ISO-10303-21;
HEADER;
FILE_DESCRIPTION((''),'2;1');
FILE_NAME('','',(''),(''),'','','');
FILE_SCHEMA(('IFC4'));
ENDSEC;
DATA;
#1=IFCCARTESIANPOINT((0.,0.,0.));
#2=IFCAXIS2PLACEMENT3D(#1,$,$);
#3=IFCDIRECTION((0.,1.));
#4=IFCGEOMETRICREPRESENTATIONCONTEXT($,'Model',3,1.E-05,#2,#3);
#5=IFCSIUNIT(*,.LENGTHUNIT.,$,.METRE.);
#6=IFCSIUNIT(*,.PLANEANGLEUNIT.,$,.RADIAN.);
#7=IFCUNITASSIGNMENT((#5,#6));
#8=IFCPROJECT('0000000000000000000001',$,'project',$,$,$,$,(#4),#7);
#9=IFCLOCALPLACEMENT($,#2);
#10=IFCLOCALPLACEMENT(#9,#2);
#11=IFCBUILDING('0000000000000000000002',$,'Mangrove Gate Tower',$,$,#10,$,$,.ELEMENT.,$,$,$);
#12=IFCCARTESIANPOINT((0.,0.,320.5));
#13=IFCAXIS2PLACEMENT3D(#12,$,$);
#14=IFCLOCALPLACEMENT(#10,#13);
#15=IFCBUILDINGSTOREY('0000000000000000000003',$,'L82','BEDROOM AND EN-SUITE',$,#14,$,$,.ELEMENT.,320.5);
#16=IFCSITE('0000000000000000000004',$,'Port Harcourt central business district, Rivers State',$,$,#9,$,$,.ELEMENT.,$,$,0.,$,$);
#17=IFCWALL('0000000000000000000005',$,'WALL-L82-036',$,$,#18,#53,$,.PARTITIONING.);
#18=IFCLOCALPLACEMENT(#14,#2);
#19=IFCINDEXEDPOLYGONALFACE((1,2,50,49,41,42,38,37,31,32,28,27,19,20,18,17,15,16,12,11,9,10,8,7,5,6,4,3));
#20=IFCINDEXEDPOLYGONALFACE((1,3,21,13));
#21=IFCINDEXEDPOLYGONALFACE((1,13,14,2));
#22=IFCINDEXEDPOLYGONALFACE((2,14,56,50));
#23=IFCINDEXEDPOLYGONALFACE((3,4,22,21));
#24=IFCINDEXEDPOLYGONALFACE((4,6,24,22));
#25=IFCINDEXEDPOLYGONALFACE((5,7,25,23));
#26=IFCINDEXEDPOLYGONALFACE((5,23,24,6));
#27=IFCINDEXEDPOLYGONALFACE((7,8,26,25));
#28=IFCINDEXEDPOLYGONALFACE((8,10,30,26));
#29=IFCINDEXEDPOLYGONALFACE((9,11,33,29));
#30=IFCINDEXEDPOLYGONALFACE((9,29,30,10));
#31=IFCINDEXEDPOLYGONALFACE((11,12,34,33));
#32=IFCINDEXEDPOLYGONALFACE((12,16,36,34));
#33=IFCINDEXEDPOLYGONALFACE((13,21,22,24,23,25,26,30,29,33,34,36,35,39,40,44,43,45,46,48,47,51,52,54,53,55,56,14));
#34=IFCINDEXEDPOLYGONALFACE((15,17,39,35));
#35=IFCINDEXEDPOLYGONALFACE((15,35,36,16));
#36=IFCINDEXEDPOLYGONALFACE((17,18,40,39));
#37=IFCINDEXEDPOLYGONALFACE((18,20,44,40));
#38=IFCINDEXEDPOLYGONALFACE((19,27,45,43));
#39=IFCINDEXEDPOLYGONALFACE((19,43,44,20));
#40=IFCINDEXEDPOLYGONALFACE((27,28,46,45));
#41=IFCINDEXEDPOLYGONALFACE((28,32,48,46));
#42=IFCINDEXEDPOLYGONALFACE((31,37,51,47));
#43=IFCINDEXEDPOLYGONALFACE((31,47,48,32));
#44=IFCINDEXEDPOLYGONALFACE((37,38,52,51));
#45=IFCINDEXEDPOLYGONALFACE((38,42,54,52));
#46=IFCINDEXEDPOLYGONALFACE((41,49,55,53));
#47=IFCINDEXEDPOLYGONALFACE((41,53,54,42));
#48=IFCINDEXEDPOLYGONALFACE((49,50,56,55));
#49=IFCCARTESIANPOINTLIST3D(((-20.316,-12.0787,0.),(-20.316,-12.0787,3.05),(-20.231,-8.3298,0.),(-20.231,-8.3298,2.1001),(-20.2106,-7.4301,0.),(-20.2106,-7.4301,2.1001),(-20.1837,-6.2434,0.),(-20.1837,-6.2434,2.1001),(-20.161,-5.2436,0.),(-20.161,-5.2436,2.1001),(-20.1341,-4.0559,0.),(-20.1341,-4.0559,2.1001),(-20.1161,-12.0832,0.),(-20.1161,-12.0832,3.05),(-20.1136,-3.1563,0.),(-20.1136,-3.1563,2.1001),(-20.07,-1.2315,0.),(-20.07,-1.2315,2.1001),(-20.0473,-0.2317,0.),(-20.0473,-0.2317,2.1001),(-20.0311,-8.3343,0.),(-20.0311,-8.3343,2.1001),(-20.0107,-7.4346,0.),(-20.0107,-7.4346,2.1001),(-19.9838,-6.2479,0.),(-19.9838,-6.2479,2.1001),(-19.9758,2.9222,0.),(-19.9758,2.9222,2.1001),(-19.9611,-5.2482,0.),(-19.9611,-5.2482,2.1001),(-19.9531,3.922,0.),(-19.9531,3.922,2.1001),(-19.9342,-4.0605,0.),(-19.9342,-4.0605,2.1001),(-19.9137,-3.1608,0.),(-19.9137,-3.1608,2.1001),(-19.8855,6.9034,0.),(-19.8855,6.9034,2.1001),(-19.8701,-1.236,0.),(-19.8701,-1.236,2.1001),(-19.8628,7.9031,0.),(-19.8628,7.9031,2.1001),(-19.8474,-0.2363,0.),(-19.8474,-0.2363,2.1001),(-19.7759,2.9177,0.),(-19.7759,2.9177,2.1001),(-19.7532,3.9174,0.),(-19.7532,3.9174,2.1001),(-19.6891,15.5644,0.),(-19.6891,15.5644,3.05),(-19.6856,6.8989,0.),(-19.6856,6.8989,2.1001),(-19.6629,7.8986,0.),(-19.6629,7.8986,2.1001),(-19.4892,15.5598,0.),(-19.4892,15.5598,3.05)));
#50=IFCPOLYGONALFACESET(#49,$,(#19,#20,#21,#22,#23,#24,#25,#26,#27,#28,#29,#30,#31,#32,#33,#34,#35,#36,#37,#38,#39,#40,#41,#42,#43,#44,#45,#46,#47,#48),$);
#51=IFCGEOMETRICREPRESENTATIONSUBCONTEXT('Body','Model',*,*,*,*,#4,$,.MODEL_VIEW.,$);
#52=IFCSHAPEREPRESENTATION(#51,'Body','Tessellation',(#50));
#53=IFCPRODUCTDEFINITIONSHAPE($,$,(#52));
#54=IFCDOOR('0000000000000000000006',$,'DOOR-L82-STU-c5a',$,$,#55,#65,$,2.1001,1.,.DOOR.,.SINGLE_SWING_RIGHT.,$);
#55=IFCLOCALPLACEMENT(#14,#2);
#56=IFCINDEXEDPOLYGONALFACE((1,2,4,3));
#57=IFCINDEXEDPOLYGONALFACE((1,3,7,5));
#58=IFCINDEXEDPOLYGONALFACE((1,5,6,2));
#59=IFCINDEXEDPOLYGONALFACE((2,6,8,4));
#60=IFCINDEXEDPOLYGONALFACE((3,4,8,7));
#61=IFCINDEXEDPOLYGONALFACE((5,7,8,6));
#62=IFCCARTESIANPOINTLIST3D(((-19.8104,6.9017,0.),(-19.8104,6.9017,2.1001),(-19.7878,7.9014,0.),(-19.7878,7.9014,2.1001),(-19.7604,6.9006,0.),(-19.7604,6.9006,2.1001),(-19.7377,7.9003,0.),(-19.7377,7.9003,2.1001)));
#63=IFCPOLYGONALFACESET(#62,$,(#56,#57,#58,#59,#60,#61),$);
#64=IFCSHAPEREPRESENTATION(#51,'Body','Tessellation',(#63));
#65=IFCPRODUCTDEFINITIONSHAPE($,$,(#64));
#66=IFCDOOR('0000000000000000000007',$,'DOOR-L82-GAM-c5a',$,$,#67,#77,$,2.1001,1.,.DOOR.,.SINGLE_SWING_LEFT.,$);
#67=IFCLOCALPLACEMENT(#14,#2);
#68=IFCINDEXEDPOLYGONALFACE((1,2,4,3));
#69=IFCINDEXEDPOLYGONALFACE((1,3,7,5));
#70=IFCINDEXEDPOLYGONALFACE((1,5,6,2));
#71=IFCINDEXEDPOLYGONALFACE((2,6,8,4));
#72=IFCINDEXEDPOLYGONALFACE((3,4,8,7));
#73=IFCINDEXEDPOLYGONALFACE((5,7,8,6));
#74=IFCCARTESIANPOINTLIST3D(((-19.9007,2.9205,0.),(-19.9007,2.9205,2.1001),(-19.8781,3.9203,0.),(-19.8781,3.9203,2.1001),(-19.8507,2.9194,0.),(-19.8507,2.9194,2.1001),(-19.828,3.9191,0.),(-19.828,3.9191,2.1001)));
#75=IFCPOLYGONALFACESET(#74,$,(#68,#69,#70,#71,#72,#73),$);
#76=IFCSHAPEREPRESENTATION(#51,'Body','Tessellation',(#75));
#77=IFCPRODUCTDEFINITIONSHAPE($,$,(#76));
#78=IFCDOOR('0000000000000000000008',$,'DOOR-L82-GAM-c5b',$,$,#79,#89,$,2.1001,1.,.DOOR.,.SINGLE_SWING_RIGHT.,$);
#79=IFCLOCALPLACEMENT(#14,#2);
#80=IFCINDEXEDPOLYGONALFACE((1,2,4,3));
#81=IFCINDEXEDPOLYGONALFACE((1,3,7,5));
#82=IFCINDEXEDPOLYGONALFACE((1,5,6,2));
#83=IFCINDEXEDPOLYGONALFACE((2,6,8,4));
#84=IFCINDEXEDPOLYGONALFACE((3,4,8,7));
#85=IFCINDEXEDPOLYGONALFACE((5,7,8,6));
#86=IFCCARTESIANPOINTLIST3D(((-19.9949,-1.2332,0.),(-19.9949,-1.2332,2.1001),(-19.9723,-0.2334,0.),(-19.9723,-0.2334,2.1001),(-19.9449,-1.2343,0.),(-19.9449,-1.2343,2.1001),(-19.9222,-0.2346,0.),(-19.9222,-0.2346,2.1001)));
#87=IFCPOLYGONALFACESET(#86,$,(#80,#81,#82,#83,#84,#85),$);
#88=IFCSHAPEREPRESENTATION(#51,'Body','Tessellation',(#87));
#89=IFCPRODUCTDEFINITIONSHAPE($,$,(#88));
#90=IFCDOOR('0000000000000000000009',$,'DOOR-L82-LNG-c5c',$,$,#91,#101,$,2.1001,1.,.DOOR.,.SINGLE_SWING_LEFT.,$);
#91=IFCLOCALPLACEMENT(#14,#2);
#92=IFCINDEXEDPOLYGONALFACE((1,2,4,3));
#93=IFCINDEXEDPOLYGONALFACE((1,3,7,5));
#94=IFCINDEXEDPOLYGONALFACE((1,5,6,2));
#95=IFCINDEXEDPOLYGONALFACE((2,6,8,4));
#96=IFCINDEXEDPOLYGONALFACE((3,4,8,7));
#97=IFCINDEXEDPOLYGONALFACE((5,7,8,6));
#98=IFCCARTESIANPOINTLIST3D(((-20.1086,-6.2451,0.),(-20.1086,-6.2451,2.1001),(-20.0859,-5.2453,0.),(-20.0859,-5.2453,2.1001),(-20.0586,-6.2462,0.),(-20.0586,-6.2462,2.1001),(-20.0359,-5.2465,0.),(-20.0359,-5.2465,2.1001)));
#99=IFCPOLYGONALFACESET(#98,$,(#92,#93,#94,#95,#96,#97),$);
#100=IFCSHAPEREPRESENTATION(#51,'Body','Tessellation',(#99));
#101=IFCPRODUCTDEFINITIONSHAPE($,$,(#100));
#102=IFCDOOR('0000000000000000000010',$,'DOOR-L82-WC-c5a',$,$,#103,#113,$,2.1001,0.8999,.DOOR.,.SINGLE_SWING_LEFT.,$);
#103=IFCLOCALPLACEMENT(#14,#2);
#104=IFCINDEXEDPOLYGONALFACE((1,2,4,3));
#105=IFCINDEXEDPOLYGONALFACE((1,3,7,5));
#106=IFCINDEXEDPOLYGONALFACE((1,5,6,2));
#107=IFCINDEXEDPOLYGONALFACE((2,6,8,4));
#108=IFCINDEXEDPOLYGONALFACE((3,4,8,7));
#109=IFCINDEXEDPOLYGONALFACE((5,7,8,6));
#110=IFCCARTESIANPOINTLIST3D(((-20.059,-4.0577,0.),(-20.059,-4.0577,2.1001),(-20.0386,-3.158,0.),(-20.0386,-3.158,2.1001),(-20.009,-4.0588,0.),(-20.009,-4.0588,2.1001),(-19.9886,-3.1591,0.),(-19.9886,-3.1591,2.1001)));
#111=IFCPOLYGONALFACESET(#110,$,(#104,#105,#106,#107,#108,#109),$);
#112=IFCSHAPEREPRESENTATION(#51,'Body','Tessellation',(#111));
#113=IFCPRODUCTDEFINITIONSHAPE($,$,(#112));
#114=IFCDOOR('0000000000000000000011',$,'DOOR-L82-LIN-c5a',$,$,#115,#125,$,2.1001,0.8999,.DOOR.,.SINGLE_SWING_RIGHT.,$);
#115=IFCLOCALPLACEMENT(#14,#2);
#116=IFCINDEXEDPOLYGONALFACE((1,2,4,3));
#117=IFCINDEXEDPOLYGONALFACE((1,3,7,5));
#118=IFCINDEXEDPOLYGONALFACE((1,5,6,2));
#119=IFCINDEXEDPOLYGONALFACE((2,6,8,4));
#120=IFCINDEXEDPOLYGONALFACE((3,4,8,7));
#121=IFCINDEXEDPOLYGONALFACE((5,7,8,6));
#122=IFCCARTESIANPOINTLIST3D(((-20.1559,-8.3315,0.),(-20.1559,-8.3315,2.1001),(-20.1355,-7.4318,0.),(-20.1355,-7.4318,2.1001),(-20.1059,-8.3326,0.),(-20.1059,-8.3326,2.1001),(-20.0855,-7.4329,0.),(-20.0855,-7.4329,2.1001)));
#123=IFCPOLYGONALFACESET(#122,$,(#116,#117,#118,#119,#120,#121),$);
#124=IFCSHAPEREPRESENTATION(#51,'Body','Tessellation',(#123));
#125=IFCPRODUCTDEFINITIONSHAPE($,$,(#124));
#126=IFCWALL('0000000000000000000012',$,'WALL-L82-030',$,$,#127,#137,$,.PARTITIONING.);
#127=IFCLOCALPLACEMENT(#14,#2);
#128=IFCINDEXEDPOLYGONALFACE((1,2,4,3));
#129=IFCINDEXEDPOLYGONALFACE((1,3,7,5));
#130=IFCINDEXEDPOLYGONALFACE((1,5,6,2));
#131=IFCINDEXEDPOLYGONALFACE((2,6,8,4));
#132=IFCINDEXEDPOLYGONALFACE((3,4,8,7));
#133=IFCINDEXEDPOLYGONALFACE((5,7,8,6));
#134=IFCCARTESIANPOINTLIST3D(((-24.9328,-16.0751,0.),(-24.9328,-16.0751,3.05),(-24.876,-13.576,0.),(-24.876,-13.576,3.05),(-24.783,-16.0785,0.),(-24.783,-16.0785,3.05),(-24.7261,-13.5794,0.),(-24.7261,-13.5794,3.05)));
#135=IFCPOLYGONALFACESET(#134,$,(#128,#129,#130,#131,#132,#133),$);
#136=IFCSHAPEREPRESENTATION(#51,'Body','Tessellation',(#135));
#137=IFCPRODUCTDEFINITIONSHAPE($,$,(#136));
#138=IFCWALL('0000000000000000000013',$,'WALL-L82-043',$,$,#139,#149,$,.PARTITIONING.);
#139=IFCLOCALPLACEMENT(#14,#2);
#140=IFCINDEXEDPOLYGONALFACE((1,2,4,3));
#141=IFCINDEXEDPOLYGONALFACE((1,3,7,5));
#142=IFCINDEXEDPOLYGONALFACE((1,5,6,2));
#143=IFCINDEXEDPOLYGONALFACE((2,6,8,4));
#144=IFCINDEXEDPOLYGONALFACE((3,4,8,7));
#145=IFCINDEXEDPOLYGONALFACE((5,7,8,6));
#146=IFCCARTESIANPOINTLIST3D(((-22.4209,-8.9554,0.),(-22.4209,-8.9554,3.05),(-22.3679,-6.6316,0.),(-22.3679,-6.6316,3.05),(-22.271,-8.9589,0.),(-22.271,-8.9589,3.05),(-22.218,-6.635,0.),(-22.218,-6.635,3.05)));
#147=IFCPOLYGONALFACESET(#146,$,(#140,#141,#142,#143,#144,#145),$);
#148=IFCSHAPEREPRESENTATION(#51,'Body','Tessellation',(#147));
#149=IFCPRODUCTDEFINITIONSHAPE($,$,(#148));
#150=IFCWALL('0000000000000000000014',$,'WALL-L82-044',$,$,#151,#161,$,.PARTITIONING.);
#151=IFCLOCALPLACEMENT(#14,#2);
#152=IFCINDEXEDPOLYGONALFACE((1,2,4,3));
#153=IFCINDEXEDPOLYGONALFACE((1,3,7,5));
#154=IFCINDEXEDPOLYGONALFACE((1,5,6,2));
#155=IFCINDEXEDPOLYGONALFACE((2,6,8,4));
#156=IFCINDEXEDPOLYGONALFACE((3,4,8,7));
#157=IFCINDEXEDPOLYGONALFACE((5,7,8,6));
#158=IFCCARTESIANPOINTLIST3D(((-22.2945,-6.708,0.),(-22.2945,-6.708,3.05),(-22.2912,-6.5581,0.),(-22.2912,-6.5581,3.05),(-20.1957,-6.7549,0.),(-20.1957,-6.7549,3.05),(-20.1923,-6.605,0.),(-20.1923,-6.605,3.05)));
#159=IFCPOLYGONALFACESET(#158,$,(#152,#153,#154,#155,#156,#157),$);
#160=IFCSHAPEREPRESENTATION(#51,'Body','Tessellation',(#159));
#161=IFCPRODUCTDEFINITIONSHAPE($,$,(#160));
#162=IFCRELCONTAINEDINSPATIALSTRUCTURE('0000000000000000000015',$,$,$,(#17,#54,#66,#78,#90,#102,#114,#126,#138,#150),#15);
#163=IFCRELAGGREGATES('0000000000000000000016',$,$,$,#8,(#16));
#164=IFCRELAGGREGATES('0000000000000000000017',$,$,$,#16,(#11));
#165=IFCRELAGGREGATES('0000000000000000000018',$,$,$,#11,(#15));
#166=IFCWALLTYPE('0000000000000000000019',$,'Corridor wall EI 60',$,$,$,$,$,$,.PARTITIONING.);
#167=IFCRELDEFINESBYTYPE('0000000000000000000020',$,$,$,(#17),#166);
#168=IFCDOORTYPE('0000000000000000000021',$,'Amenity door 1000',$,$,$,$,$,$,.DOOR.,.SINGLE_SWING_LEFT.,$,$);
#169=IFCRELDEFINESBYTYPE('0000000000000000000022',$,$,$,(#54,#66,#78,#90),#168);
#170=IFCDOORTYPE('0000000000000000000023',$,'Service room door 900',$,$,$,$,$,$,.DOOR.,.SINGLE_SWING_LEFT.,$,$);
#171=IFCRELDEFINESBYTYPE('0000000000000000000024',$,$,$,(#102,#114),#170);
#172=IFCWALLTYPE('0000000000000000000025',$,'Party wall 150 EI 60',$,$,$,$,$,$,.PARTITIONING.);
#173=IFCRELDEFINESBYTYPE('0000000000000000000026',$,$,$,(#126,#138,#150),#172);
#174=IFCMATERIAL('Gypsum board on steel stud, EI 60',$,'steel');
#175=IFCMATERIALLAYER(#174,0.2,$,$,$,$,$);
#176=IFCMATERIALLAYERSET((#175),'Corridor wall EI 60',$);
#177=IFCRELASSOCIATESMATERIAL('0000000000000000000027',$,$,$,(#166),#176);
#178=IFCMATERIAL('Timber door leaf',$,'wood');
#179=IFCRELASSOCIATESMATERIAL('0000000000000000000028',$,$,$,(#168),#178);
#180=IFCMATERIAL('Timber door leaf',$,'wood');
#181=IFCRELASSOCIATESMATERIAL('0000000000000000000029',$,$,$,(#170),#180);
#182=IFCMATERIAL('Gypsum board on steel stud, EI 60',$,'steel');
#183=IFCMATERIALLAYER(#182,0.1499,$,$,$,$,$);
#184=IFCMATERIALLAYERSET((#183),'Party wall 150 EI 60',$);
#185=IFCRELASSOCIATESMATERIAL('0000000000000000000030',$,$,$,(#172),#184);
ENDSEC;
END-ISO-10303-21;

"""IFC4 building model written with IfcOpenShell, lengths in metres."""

from ifc_helpers import new_model, si_unit, direction, frame, frame_2d, origin, place, context, subcontext, project, spatial, rectangle, extrude, material, layer, layer_set, type_object, element, fill, save


model = new_model("IFC4")

# Units and contexts
model_context = context("Model", 3, precision=1e-05, world=origin(), true_north=direction((0.0, 1.0)))
body_context = subcontext(model_context, "Body", "Model", "MODEL_VIEW")
ifc_project = project(units=[si_unit("LENGTHUNIT", "METRE"), si_unit("PLANEANGLEUNIT", "RADIAN")], contexts=[model_context])

# Site, building, storey
site_placement = place(None, origin())
site = spatial("IfcSite", under=ifc_project, at=site_placement, Name="Port Harcourt central business district, Rivers State", CompositionType="ELEMENT", RefElevation=0.0)
building_placement = place(site_placement, origin())
building = spatial("IfcBuilding", under=site, at=building_placement, Name="Mangrove Gate Tower", CompositionType="ELEMENT")
storey_placement = place(building_placement, frame((0.0, 0.0, 320.5)))
storey = spatial("IfcBuildingStorey", under=building, at=storey_placement, Name="L82", Description="BEDROOM AND EN-SUITE", CompositionType="ELEMENT", Elevation=320.5)

# Wall, openings, doors
ifc_material_1 = material(Name="Gypsum board on steel stud, EI 60", Category="steel")
ifc_layer_1 = layer(ifc_material_1, 0.2)
ifc_layer_set_1 = layer_set([ifc_layer_1], Name="Corridor wall EI 60")
wall_type_1 = type_object("IfcWallType", Name="Corridor wall EI 60", PredefinedType="PARTITIONING", material=ifc_layer_set_1)
wall_1_placement = place(storey_placement, frame((-20.2161, -12.0811, 0.0), z_axis=(0.0, 0.0, 1.0), x_axis=(0.022674, 0.999743, 0.0)))
wall_1 = element("IfcWall", 1, at=wall_1_placement, inside=storey, type_object=wall_type_1, Name="WALL-L82-036", PredefinedType="PARTITIONING", context=body_context, shape_type="SweptSolid", body=[
    extrude(rectangle(XDim=27.6501, YDim=0.2, at=frame_2d((13.8252, 0.0))), origin(), (0.0, 0.0, 1.0), 3.05),
])
opening_1_placement = place(wall_1_placement, frame((18.9871, 0.0, 0.0)))
opening_1 = element("IfcOpeningElement", 2, at=opening_1_placement, cuts=wall_1, PredefinedType="OPENING", context=body_context, shape_type="SweptSolid", body=[
    extrude(rectangle(XDim=1.0, YDim=2.1001, at=frame_2d((0.5, 1.05))), frame((0.0, 0.1099, 0.0), z_axis=(0.0, -1.0, 0.0), x_axis=(1.0, 0.0, 0.0)), (0.0, 0.0, 1.0), 0.22),
])
opening_2_placement = place(wall_1_placement, frame((15.0049, 0.0, 0.0)))
opening_2 = element("IfcOpeningElement", 3, at=opening_2_placement, cuts=wall_1, PredefinedType="OPENING", context=body_context, shape_type="SweptSolid", body=[
    extrude(rectangle(XDim=1.0, YDim=2.1001, at=frame_2d((0.5, 1.05))), frame((0.0, 0.1099, 0.0), z_axis=(0.0, -1.0, 0.0), x_axis=(1.0, 0.0, 0.0)), (0.0, 0.0, 1.0), 0.22),
])
opening_3_placement = place(wall_1_placement, frame((10.8501, 0.0, 0.0)))
opening_3 = element("IfcOpeningElement", 4, at=opening_3_placement, cuts=wall_1, PredefinedType="OPENING", context=body_context, shape_type="SweptSolid", body=[
    extrude(rectangle(XDim=1.0, YDim=2.1001, at=frame_2d((0.5, 1.05))), frame((0.0, 0.1099, 0.0), z_axis=(0.0, -1.0, 0.0), x_axis=(1.0, 0.0, 0.0)), (0.0, 0.0, 1.0), 0.22),
])
opening_4_placement = place(wall_1_placement, frame((8.0249, 0.0, 0.0)))
opening_4 = element("IfcOpeningElement", 5, at=opening_4_placement, cuts=wall_1, PredefinedType="OPENING", context=body_context, shape_type="SweptSolid", body=[
    extrude(rectangle(XDim=0.8999, YDim=2.1001, at=frame_2d((0.45, 1.05))), frame((0.0, 0.1099, 0.0), z_axis=(0.0, -1.0, 0.0), x_axis=(1.0, 0.0, 0.0)), (0.0, 0.0, 1.0), 0.22),
])
opening_5_placement = place(wall_1_placement, frame((5.8369, 0.0, 0.0)))
opening_5 = element("IfcOpeningElement", 6, at=opening_5_placement, cuts=wall_1, PredefinedType="OPENING", context=body_context, shape_type="SweptSolid", body=[
    extrude(rectangle(XDim=1.0, YDim=2.1001, at=frame_2d((0.5, 1.05))), frame((0.0, 0.1099, 0.0), z_axis=(0.0, -1.0, 0.0), x_axis=(1.0, 0.0, 0.0)), (0.0, 0.0, 1.0), 0.22),
])
opening_6_placement = place(wall_1_placement, frame((3.75, 0.0, 0.0)))
opening_6 = element("IfcOpeningElement", 7, at=opening_6_placement, cuts=wall_1, PredefinedType="OPENING", context=body_context, shape_type="SweptSolid", body=[
    extrude(rectangle(XDim=0.8999, YDim=2.1001, at=frame_2d((0.45, 1.05))), frame((0.0, 0.1099, 0.0), z_axis=(0.0, -1.0, 0.0), x_axis=(1.0, 0.0, 0.0)), (0.0, 0.0, 1.0), 0.22),
])
ifc_material_2 = material(Name="Timber door leaf", Category="wood")
door_type_1 = type_object("IfcDoorType", Name="Amenity door 1000", OperationType="SINGLE_SWING_LEFT", PredefinedType="DOOR", material=ifc_material_2)
door_1_placement = place(opening_1_placement, origin())
door_1 = element("IfcDoor", 8, at=door_1_placement, inside=storey, type_object=door_type_1, Name="DOOR-L82-STU-c5a", OperationType="SINGLE_SWING_RIGHT", OverallHeight=2.1001, OverallWidth=1.0, PredefinedType="DOOR", context=body_context, shape_type="SweptSolid", body=[
    extrude(rectangle(XDim=1.0, YDim=2.1001, at=frame_2d((0.5, 1.05))), frame((0.0, 0.0249, 0.0), z_axis=(0.0, -1.0, 0.0), x_axis=(1.0, 0.0, 0.0)), (0.0, 0.0, 1.0), 0.05),
])
fill(opening_1, door_1)
door_2_placement = place(opening_2_placement, origin())
door_2 = element("IfcDoor", 9, at=door_2_placement, inside=storey, type_object=door_type_1, Name="DOOR-L82-GAM-c5a", OperationType="SINGLE_SWING_LEFT", OverallHeight=2.1001, OverallWidth=1.0, PredefinedType="DOOR", context=body_context, shape_type="SweptSolid", body=[
    extrude(rectangle(XDim=1.0, YDim=2.1001, at=frame_2d((0.5, 1.05))), frame((0.0, 0.0249, 0.0), z_axis=(0.0, -1.0, 0.0), x_axis=(1.0, 0.0, 0.0)), (0.0, 0.0, 1.0), 0.05),
])
fill(opening_2, door_2)
door_3_placement = place(opening_3_placement, origin())
door_3 = element("IfcDoor", 10, at=door_3_placement, inside=storey, type_object=door_type_1, Name="DOOR-L82-GAM-c5b", OperationType="SINGLE_SWING_RIGHT", OverallHeight=2.1001, OverallWidth=1.0, PredefinedType="DOOR", context=body_context, shape_type="SweptSolid", body=[
    extrude(rectangle(XDim=1.0, YDim=2.1001, at=frame_2d((0.5, 1.05))), frame((0.0, 0.0249, 0.0), z_axis=(0.0, -1.0, 0.0), x_axis=(1.0, 0.0, 0.0)), (0.0, 0.0, 1.0), 0.05),
])
fill(opening_3, door_3)
door_4_placement = place(opening_5_placement, origin())
door_4 = element("IfcDoor", 11, at=door_4_placement, inside=storey, type_object=door_type_1, Name="DOOR-L82-LNG-c5c", OperationType="SINGLE_SWING_LEFT", OverallHeight=2.1001, OverallWidth=1.0, PredefinedType="DOOR", context=body_context, shape_type="SweptSolid", body=[
    extrude(rectangle(XDim=1.0, YDim=2.1001, at=frame_2d((0.5, 1.05))), frame((0.0, 0.0249, 0.0), z_axis=(0.0, -1.0, 0.0), x_axis=(1.0, 0.0, 0.0)), (0.0, 0.0, 1.0), 0.05),
])
fill(opening_5, door_4)
ifc_material_3 = material(Name="Timber door leaf", Category="wood")
door_type_2 = type_object("IfcDoorType", Name="Service room door 900", OperationType="SINGLE_SWING_LEFT", PredefinedType="DOOR", material=ifc_material_3)
door_5_placement = place(opening_4_placement, origin())
door_5 = element("IfcDoor", 12, at=door_5_placement, inside=storey, type_object=door_type_2, Name="DOOR-L82-WC-c5a", OperationType="SINGLE_SWING_LEFT", OverallHeight=2.1001, OverallWidth=0.8999, PredefinedType="DOOR", context=body_context, shape_type="SweptSolid", body=[
    extrude(rectangle(XDim=0.8999, YDim=2.1001, at=frame_2d((0.45, 1.05))), frame((0.0, 0.0249, 0.0), z_axis=(0.0, -1.0, 0.0), x_axis=(1.0, 0.0, 0.0)), (0.0, 0.0, 1.0), 0.05),
])
fill(opening_4, door_5)
door_6_placement = place(opening_6_placement, origin())
door_6 = element("IfcDoor", 13, at=door_6_placement, inside=storey, type_object=door_type_2, Name="DOOR-L82-LIN-c5a", OperationType="SINGLE_SWING_RIGHT", OverallHeight=2.1001, OverallWidth=0.8999, PredefinedType="DOOR", context=body_context, shape_type="SweptSolid", body=[
    extrude(rectangle(XDim=0.8999, YDim=2.1001, at=frame_2d((0.45, 1.05))), frame((0.0, 0.0249, 0.0), z_axis=(0.0, -1.0, 0.0), x_axis=(1.0, 0.0, 0.0)), (0.0, 0.0, 1.0), 0.05),
])
fill(opening_6, door_6)

# Walls
ifc_material_4 = material(Name="Gypsum board on steel stud, EI 60", Category="steel")
ifc_layer_2 = layer(ifc_material_4, 0.1499)
ifc_layer_set_2 = layer_set([ifc_layer_2], Name="Party wall 150 EI 60")
wall_type_2 = type_object("IfcWallType", Name="Party wall 150 EI 60", PredefinedType="PARTITIONING", material=ifc_layer_set_2)
wall_2_placement = place(storey_placement, frame((-24.8579, -16.0769, 0.0), z_axis=(0.0, 0.0, 1.0), x_axis=(0.022757, 0.999741, 0.0)))
element("IfcWall", 14, at=wall_2_placement, inside=storey, type_object=wall_type_2, Name="WALL-L82-030", PredefinedType="PARTITIONING", context=body_context, shape_type="SweptSolid", body=[
    extrude(rectangle(XDim=2.4998, YDim=0.1499, at=frame_2d((1.25, 0.0))), origin(), (0.0, 0.0, 1.0), 3.05),
])
wall_3_placement = place(storey_placement, frame((-22.3459, -8.957, 0.0), z_axis=(0.0, 0.0, 1.0), x_axis=(0.022791, 0.99974, 0.0)))
element("IfcWall", 15, at=wall_3_placement, inside=storey, type_object=wall_type_2, Name="WALL-L82-043", PredefinedType="PARTITIONING", context=body_context, shape_type="SweptSolid", body=[
    extrude(rectangle(XDim=2.3245, YDim=0.1499, at=frame_2d((1.1621, 0.0))), origin(), (0.0, 0.0, 1.0), 3.05),
])
wall_4_placement = place(storey_placement, frame((-22.293, -6.6331, 0.0), z_axis=(0.0, 0.0, 1.0), x_axis=(0.999751, -0.022328, 0.0)))
element("IfcWall", 16, at=wall_4_placement, inside=storey, type_object=wall_type_2, Name="WALL-L82-044", PredefinedType="PARTITIONING", context=body_context, shape_type="SweptSolid", body=[
    extrude(rectangle(XDim=2.0994, YDim=0.1499, at=frame_2d((1.0498, 0.0))), origin(), (0.0, 0.0, 1.0), 3.05),
])

save(model, "model.ifc")
